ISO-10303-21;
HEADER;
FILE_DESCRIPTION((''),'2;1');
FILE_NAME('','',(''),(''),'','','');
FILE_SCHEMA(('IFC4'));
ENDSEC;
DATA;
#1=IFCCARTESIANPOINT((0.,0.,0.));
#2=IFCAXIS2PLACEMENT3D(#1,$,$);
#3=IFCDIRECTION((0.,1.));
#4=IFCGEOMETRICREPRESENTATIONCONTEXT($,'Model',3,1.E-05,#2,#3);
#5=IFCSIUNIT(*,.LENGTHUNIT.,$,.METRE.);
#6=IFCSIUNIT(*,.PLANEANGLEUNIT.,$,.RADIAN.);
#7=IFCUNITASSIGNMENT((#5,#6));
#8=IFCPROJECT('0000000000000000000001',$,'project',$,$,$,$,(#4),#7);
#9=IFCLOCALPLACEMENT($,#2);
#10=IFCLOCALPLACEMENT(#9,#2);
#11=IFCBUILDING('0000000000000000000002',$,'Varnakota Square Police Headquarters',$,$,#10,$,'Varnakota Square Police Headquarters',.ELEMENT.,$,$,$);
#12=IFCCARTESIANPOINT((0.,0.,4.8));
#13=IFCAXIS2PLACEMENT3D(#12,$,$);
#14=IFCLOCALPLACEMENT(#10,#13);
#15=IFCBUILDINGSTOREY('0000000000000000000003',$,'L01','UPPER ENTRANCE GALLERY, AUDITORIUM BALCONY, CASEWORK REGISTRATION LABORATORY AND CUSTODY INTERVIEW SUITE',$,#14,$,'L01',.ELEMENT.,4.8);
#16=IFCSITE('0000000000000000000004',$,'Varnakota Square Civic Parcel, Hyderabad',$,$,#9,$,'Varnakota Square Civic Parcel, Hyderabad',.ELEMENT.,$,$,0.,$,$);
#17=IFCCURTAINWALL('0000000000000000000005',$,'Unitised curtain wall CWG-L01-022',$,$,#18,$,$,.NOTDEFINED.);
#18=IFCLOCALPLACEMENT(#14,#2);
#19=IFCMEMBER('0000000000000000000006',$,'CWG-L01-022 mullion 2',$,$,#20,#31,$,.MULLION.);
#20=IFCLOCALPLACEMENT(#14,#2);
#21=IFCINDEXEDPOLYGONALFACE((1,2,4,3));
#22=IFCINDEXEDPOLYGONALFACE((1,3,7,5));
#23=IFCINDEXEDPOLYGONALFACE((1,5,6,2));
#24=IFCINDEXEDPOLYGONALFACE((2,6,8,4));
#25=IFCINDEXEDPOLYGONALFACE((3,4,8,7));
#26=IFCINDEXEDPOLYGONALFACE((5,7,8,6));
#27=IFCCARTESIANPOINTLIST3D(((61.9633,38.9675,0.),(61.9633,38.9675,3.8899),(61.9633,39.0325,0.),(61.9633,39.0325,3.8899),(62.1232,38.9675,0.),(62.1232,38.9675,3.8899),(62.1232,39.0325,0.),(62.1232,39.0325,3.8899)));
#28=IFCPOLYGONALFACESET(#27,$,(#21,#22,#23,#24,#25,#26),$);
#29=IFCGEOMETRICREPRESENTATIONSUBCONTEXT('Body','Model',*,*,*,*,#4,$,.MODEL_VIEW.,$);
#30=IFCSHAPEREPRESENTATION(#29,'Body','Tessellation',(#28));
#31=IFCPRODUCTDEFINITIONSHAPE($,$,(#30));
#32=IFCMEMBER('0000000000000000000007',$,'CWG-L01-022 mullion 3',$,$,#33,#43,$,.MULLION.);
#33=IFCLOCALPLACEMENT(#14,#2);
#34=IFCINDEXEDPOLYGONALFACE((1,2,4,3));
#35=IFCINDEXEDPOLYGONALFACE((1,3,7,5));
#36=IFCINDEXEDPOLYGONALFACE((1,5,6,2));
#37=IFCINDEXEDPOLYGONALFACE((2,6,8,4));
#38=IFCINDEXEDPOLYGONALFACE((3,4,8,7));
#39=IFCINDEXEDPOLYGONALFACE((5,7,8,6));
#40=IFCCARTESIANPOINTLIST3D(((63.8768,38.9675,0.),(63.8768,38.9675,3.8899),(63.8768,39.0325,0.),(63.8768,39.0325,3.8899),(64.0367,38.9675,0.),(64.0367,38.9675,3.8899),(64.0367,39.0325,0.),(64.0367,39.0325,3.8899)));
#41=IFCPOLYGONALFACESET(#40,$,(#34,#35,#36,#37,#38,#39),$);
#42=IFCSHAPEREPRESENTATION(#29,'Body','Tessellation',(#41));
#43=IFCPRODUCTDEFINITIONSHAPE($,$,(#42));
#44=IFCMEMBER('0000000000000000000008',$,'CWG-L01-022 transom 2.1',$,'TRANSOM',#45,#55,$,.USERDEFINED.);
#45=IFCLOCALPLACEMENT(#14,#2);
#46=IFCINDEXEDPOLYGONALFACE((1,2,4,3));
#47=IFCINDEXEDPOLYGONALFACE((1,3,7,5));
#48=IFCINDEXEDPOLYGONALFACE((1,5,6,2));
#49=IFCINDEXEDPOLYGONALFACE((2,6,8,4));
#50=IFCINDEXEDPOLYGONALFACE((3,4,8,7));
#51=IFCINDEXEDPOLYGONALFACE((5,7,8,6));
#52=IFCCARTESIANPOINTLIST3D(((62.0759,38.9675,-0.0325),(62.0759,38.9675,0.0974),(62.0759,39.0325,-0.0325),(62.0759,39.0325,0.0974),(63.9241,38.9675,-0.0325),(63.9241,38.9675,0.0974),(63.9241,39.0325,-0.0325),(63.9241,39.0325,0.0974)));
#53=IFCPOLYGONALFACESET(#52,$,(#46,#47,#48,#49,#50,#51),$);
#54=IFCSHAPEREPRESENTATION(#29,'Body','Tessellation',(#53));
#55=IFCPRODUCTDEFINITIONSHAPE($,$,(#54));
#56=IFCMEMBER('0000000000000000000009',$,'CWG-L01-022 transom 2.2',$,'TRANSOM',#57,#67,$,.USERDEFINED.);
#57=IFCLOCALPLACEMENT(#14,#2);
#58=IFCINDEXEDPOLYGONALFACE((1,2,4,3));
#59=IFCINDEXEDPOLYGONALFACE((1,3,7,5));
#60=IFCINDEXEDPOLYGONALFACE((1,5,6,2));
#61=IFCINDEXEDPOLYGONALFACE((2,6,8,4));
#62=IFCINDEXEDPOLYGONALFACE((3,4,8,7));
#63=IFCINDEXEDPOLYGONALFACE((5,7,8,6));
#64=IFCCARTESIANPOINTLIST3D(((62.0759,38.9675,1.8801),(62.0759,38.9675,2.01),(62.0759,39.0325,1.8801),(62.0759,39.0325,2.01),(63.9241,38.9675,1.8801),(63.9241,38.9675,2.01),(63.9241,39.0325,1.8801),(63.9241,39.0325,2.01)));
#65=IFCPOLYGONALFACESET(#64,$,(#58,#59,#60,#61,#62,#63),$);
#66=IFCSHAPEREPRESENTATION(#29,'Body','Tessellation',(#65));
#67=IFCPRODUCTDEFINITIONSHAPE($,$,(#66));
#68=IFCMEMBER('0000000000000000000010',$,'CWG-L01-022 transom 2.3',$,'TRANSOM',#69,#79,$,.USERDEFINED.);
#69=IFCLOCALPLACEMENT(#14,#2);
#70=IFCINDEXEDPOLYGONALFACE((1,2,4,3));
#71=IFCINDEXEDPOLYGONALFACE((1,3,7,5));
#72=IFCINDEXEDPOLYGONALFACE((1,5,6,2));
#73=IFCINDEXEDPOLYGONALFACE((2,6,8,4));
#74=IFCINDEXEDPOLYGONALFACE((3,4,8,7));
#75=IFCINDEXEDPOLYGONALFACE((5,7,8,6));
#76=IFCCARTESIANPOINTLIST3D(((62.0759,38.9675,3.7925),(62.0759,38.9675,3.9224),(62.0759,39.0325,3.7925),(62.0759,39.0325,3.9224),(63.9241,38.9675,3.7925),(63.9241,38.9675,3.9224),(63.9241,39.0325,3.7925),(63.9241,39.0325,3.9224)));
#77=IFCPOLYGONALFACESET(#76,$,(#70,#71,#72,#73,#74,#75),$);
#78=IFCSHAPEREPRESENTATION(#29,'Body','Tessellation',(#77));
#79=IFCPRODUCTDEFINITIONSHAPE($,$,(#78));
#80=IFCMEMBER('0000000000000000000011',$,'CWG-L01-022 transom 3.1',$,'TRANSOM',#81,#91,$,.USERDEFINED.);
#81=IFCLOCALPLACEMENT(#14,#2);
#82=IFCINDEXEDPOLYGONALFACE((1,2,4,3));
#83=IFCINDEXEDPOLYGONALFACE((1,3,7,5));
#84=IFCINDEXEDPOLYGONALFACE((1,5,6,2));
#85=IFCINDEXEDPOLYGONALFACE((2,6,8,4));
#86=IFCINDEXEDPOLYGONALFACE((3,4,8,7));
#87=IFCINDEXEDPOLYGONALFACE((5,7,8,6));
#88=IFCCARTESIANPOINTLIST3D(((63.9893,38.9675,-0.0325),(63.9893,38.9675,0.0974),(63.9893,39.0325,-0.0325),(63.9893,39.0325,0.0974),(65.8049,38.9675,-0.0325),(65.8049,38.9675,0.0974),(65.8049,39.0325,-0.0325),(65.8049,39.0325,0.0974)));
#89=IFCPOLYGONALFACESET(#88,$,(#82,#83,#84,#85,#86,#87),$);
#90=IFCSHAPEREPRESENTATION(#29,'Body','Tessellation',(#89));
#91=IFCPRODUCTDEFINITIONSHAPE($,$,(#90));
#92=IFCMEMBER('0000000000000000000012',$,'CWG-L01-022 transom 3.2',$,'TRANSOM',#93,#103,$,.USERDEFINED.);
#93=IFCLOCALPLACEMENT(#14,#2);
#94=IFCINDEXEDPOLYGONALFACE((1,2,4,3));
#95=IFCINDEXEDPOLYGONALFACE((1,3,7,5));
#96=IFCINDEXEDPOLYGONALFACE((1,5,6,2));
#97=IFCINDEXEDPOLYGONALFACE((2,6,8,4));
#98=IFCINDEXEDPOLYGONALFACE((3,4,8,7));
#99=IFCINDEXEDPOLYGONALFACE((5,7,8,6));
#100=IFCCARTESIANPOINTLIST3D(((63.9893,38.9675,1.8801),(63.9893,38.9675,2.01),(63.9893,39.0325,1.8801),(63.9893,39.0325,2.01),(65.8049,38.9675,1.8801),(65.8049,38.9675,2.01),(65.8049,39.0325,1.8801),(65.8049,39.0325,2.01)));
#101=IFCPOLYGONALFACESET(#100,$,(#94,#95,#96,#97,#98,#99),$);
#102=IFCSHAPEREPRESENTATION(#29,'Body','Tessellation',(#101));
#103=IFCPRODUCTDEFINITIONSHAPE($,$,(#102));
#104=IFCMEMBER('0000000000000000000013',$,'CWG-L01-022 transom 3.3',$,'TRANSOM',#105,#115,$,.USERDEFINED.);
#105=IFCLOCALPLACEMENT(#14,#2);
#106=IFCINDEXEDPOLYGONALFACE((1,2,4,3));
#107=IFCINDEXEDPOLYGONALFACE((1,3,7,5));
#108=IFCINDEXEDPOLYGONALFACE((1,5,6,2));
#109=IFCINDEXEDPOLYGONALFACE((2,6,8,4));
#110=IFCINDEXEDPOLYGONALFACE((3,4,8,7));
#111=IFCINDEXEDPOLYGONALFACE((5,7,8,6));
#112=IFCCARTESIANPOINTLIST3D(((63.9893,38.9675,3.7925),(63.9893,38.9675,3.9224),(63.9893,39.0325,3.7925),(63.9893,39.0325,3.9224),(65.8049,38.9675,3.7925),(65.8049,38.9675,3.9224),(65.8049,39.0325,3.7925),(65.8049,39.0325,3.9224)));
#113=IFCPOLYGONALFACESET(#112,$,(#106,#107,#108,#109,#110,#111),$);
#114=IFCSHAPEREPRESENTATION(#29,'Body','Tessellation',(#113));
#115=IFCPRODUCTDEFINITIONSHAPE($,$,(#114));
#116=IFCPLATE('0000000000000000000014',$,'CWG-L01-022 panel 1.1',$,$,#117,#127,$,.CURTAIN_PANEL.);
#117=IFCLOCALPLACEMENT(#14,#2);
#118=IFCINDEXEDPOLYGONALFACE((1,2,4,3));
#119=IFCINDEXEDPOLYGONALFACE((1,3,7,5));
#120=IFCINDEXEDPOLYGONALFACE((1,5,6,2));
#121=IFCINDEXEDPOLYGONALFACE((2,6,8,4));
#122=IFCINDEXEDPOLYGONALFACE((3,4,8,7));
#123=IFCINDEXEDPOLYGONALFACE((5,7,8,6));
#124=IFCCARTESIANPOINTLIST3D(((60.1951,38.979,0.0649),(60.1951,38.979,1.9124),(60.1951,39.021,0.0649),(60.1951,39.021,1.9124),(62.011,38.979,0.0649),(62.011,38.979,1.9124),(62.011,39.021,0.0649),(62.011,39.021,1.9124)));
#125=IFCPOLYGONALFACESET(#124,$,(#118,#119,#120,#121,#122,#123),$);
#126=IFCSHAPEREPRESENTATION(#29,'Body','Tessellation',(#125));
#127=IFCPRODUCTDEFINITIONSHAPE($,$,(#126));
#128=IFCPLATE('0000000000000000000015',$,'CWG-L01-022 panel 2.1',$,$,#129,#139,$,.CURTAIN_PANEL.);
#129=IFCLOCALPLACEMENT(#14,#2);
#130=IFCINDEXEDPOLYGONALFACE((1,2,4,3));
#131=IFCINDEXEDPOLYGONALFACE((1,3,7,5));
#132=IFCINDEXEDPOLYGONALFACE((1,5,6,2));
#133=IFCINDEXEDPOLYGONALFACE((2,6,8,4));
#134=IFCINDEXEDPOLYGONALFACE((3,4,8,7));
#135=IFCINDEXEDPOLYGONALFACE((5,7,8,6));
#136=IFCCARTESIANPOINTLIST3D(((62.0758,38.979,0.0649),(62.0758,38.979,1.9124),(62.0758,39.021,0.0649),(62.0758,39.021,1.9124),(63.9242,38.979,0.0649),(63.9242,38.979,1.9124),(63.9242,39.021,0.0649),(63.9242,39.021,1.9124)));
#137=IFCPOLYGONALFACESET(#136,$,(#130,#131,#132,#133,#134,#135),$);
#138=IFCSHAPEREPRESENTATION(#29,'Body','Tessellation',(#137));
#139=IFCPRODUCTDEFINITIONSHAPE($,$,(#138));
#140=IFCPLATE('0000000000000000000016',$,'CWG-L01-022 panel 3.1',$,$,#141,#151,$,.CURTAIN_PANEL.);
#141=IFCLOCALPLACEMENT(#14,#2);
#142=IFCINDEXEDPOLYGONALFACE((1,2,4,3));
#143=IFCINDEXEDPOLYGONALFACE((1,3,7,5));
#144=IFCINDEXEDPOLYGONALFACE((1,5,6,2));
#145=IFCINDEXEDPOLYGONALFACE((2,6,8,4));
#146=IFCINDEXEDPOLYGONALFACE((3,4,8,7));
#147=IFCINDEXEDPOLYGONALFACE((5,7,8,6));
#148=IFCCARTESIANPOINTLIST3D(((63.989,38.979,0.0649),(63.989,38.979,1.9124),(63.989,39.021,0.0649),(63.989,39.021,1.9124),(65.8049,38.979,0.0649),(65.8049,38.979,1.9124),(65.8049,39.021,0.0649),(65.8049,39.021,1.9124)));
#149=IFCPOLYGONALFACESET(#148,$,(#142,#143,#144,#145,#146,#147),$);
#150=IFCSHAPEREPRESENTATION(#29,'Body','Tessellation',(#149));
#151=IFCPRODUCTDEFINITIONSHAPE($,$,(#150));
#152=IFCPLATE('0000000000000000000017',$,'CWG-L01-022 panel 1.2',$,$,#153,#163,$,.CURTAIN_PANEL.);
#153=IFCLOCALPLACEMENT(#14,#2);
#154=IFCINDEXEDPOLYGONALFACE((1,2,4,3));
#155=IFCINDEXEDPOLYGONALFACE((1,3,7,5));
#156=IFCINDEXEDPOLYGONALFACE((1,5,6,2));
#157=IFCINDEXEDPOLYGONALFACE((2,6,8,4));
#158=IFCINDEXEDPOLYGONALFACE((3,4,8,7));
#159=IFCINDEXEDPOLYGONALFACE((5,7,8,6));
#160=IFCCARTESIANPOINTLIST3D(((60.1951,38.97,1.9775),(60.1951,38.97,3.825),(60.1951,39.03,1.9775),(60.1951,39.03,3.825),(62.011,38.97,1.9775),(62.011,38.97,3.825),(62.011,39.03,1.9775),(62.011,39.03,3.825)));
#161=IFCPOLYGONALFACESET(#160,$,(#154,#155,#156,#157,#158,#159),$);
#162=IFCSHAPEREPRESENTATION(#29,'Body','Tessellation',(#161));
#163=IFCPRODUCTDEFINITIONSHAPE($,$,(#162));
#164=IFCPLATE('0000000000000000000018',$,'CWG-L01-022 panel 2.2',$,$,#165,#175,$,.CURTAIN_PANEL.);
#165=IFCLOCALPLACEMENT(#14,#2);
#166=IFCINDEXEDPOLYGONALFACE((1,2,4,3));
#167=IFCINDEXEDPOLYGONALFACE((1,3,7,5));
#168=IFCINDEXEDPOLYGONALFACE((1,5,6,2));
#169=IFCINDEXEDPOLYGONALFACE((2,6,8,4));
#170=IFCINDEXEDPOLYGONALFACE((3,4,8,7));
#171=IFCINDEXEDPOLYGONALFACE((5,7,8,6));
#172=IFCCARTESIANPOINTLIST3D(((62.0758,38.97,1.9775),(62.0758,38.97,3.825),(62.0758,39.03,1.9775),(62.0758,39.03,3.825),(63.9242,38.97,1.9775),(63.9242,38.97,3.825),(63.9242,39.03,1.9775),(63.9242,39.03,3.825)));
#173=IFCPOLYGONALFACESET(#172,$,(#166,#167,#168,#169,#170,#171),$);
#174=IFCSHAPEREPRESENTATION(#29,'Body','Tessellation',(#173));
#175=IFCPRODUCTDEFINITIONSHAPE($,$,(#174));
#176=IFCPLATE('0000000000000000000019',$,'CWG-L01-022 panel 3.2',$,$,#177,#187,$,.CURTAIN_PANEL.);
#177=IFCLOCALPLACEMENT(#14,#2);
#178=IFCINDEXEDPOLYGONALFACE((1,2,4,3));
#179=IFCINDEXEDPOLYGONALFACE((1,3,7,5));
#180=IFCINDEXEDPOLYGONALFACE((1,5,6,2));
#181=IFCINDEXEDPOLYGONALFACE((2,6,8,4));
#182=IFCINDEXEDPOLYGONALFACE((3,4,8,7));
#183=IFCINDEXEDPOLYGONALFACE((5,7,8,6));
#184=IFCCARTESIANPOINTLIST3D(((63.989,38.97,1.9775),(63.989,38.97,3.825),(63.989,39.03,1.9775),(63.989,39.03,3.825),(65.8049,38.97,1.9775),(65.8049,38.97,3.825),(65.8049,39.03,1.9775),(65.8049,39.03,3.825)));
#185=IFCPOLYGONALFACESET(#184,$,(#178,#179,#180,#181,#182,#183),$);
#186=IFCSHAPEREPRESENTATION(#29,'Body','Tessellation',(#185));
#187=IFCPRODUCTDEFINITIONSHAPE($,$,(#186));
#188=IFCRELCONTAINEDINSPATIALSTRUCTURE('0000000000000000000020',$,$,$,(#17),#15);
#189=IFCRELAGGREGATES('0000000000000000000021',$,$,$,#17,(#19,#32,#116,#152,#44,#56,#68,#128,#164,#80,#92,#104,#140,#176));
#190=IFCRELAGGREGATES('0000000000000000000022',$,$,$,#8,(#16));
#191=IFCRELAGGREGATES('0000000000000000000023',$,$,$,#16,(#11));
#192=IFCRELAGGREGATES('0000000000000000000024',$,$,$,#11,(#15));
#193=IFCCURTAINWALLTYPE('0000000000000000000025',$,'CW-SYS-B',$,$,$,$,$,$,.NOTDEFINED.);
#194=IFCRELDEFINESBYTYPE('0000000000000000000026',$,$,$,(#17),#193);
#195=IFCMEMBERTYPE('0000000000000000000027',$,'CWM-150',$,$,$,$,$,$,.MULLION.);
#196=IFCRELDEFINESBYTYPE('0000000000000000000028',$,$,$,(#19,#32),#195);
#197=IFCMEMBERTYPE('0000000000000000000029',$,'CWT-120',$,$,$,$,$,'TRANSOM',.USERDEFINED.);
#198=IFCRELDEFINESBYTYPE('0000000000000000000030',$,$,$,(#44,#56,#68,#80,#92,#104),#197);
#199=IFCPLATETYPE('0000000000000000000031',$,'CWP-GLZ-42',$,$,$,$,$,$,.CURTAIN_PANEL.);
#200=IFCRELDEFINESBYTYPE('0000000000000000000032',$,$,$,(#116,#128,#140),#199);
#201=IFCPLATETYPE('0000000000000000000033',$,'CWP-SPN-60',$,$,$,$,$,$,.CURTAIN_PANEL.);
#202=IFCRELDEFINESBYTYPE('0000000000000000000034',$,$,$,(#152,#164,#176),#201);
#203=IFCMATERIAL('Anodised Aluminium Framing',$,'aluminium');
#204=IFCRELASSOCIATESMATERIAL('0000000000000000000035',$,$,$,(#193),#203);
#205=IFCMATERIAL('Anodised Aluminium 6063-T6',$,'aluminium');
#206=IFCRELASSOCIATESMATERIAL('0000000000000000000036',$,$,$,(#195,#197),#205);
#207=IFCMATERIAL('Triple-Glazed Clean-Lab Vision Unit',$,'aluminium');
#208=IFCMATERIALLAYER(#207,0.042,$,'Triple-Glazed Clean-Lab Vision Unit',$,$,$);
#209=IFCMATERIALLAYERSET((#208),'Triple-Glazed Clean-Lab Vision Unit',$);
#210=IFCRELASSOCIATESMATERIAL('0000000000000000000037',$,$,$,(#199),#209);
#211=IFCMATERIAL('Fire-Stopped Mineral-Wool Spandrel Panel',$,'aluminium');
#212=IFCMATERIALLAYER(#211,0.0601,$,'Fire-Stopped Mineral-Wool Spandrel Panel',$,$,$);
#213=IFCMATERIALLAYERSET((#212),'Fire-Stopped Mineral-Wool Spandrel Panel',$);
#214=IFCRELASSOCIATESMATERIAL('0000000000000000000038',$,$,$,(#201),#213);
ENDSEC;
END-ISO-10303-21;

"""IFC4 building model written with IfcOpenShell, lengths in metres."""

from ifc_helpers import new_model, si_unit, direction, frame, origin, origin_2d, place, context, subcontext, project, spatial, rectangle, extrude, material, layer, layer_set, material_profile, profile_set, type_object, element, aggregate, save


model = new_model("IFC4")

# Units and contexts
model_context = context("Model", 3, precision=1e-05, world=origin(), true_north=direction((0.0, 1.0)))
body_context = subcontext(model_context, "Body", "Model", "MODEL_VIEW")
ifc_project = project(units=[si_unit("LENGTHUNIT", "METRE"), si_unit("PLANEANGLEUNIT", "RADIAN")], contexts=[model_context])

# Site, building, storey
site_placement = place(None, origin())
site = spatial("IfcSite", under=ifc_project, at=site_placement, Name="Varnakota Square Civic Parcel, Hyderabad", LongName="Varnakota Square Civic Parcel, Hyderabad", CompositionType="ELEMENT", RefElevation=0.0)
building_placement = place(site_placement, origin())
building = spatial("IfcBuilding", under=site, at=building_placement, Name="Varnakota Square Police Headquarters", LongName="Varnakota Square Police Headquarters", CompositionType="ELEMENT")
storey_placement = place(building_placement, frame((0.0, 0.0, 4.8)))
storey = spatial("IfcBuildingStorey", under=building, at=storey_placement, Name="L01", Description="UPPER ENTRANCE GALLERY, AUDITORIUM BALCONY, CASEWORK REGISTRATION LABORATORY AND CUSTODY INTERVIEW SUITE", LongName="L01", CompositionType="ELEMENT", Elevation=4.8)

# Curtain wall, members, plates
ifc_material_1 = material(Name="Anodised Aluminium Framing", Category="aluminium")
curtain_wall_type = type_object("IfcCurtainWallType", Name="CW-SYS-B", PredefinedType="NOTDEFINED", material=ifc_material_1)
curtain_wall_placement = place(storey_placement, origin())
curtain_wall = element("IfcCurtainWall", 1, at=curtain_wall_placement, inside=storey, type_object=curtain_wall_type, Name="Unitised curtain wall CWG-L01-022", PredefinedType="NOTDEFINED")
ifc_material_2 = material(Name="Anodised Aluminium 6063-T6", Category="aluminium")
ifc_material_profile_1 = material_profile(ifc_material_2, rectangle(XDim=0.0649, YDim=0.1599, at=origin_2d()), Name="ALU MULLION 65x160")
ifc_profile_set_1 = profile_set([ifc_material_profile_1], Name="Anodised Aluminium 6063-T6")
member_type_1 = type_object("IfcMemberType", Name="CWM-150", PredefinedType="MULLION", material=ifc_profile_set_1)
member_1_placement = place(storey_placement, frame((62.0432, 39.0, 0.0), z_axis=(0.0, 0.0, 1.0), x_axis=(0.0, 1.0, 0.0)))
member_1 = element("IfcMember", 2, at=member_1_placement, type_object=member_type_1, Name="CWG-L01-022 mullion 2", PredefinedType="MULLION", context=body_context, shape_type="SweptSolid", body=[
    extrude(rectangle(XDim=0.0649, YDim=0.1599, at=origin_2d()), origin(), (0.0, 0.0, 1.0), 3.8899),
])
member_2_placement = place(storey_placement, frame((63.9568, 39.0, 0.0), z_axis=(0.0, 0.0, 1.0), x_axis=(0.0, 1.0, 0.0)))
member_2 = element("IfcMember", 3, at=member_2_placement, type_object=member_type_1, Name="CWG-L01-022 mullion 3", PredefinedType="MULLION", context=body_context, shape_type="SweptSolid", body=[
    extrude(rectangle(XDim=0.0649, YDim=0.1599, at=origin_2d()), origin(), (0.0, 0.0, 1.0), 3.8899),
])
ifc_material_profile_2 = material_profile(ifc_material_2, rectangle(XDim=0.0649, YDim=0.1299, at=origin_2d()), Name="ALU TRANSOM 65x130")
ifc_profile_set_2 = profile_set([ifc_material_profile_2], Name="Anodised Aluminium 6063-T6")
member_type_2 = type_object("IfcMemberType", Name="CWT-120", ElementType="TRANSOM", PredefinedType="USERDEFINED", material=ifc_profile_set_2)
member_3_placement = place(storey_placement, frame((62.0759, 39.0, 0.0325), z_axis=(1.0, 0.0, 0.0), x_axis=(0.0, 1.0, 0.0)))
member_3 = element("IfcMember", 4, at=member_3_placement, type_object=member_type_2, Name="CWG-L01-022 transom 2.1", ObjectType="TRANSOM", PredefinedType="USERDEFINED", context=body_context, shape_type="SweptSolid", body=[
    extrude(rectangle(XDim=0.0649, YDim=0.1299, at=origin_2d()), origin(), (0.0, 0.0, 1.0), 1.8481),
])
member_4_placement = place(storey_placement, frame((62.0759, 39.0, 1.9451), z_axis=(1.0, 0.0, 0.0), x_axis=(0.0, 1.0, 0.0)))
member_4 = element("IfcMember", 5, at=member_4_placement, type_object=member_type_2, Name="CWG-L01-022 transom 2.2", ObjectType="TRANSOM", PredefinedType="USERDEFINED", context=body_context, shape_type="SweptSolid", body=[
    extrude(rectangle(XDim=0.0649, YDim=0.1299, at=origin_2d()), origin(), (0.0, 0.0, 1.0), 1.8481),
])
member_5_placement = place(storey_placement, frame((62.0759, 39.0, 3.8574), z_axis=(1.0, 0.0, 0.0), x_axis=(0.0, 1.0, 0.0)))
member_5 = element("IfcMember", 6, at=member_5_placement, type_object=member_type_2, Name="CWG-L01-022 transom 2.3", ObjectType="TRANSOM", PredefinedType="USERDEFINED", context=body_context, shape_type="SweptSolid", body=[
    extrude(rectangle(XDim=0.0649, YDim=0.1299, at=origin_2d()), origin(), (0.0, 0.0, 1.0), 1.8481),
])
member_6_placement = place(storey_placement, frame((63.9893, 39.0, 0.0325), z_axis=(1.0, 0.0, 0.0), x_axis=(0.0, 1.0, 0.0)))
member_6 = element("IfcMember", 7, at=member_6_placement, type_object=member_type_2, Name="CWG-L01-022 transom 3.1", ObjectType="TRANSOM", PredefinedType="USERDEFINED", context=body_context, shape_type="SweptSolid", body=[
    extrude(rectangle(XDim=0.0649, YDim=0.1299, at=origin_2d()), origin(), (0.0, 0.0, 1.0), 1.8157),
])
member_7_placement = place(storey_placement, frame((63.9893, 39.0, 1.9451), z_axis=(1.0, 0.0, 0.0), x_axis=(0.0, 1.0, 0.0)))
member_7 = element("IfcMember", 8, at=member_7_placement, type_object=member_type_2, Name="CWG-L01-022 transom 3.2", ObjectType="TRANSOM", PredefinedType="USERDEFINED", context=body_context, shape_type="SweptSolid", body=[
    extrude(rectangle(XDim=0.0649, YDim=0.1299, at=origin_2d()), origin(), (0.0, 0.0, 1.0), 1.8157),
])
member_8_placement = place(storey_placement, frame((63.9893, 39.0, 3.8574), z_axis=(1.0, 0.0, 0.0), x_axis=(0.0, 1.0, 0.0)))
member_8 = element("IfcMember", 9, at=member_8_placement, type_object=member_type_2, Name="CWG-L01-022 transom 3.3", ObjectType="TRANSOM", PredefinedType="USERDEFINED", context=body_context, shape_type="SweptSolid", body=[
    extrude(rectangle(XDim=0.0649, YDim=0.1299, at=origin_2d()), origin(), (0.0, 0.0, 1.0), 1.8157),
])
ifc_material_3 = material(Name="Triple-Glazed Clean-Lab Vision Unit", Category="aluminium")
ifc_layer_1 = layer(ifc_material_3, 0.042, Name="Triple-Glazed Clean-Lab Vision Unit")
ifc_layer_set_1 = layer_set([ifc_layer_1], Name="Triple-Glazed Clean-Lab Vision Unit")
plate_type_1 = type_object("IfcPlateType", Name="CWP-GLZ-42", PredefinedType="CURTAIN_PANEL", material=ifc_layer_set_1)
plate_1_placement = place(storey_placement, frame((61.103, 39.0, 0.0649), z_axis=(0.0, 0.0, 1.0), x_axis=(1.0, 0.0, 0.0)))
plate_1 = element("IfcPlate", 10, at=plate_1_placement, type_object=plate_type_1, Name="CWG-L01-022 panel 1.1", PredefinedType="CURTAIN_PANEL", context=body_context, shape_type="SweptSolid", body=[
    extrude(rectangle(XDim=1.8159, YDim=0.042, at=origin_2d()), origin(), (0.0, 0.0, 1.0), 1.8474),
])
plate_2_placement = place(storey_placement, frame((63.0, 39.0, 0.0649), z_axis=(0.0, 0.0, 1.0), x_axis=(1.0, 0.0, 0.0)))
plate_2 = element("IfcPlate", 11, at=plate_2_placement, type_object=plate_type_1, Name="CWG-L01-022 panel 2.1", PredefinedType="CURTAIN_PANEL", context=body_context, shape_type="SweptSolid", body=[
    extrude(rectangle(XDim=1.8484, YDim=0.042, at=origin_2d()), origin(), (0.0, 0.0, 1.0), 1.8474),
])
plate_3_placement = place(storey_placement, frame((64.897, 39.0, 0.0649), z_axis=(0.0, 0.0, 1.0), x_axis=(1.0, 0.0, 0.0)))
plate_3 = element("IfcPlate", 12, at=plate_3_placement, type_object=plate_type_1, Name="CWG-L01-022 panel 3.1", PredefinedType="CURTAIN_PANEL", context=body_context, shape_type="SweptSolid", body=[
    extrude(rectangle(XDim=1.8159, YDim=0.042, at=origin_2d()), origin(), (0.0, 0.0, 1.0), 1.8474),
])
ifc_material_4 = material(Name="Fire-Stopped Mineral-Wool Spandrel Panel", Category="aluminium")
ifc_layer_2 = layer(ifc_material_4, 0.0601, Name="Fire-Stopped Mineral-Wool Spandrel Panel")
ifc_layer_set_2 = layer_set([ifc_layer_2], Name="Fire-Stopped Mineral-Wool Spandrel Panel")
plate_type_2 = type_object("IfcPlateType", Name="CWP-SPN-60", PredefinedType="CURTAIN_PANEL", material=ifc_layer_set_2)
plate_4_placement = place(storey_placement, frame((61.103, 39.0, 1.9775), z_axis=(0.0, 0.0, 1.0), x_axis=(1.0, 0.0, 0.0)))
plate_4 = element("IfcPlate", 13, at=plate_4_placement, type_object=plate_type_2, Name="CWG-L01-022 panel 1.2", PredefinedType="CURTAIN_PANEL", context=body_context, shape_type="SweptSolid", body=[
    extrude(rectangle(XDim=1.8159, YDim=0.0601, at=origin_2d()), origin(), (0.0, 0.0, 1.0), 1.8474),
])
plate_5_placement = place(storey_placement, frame((63.0, 39.0, 1.9775), z_axis=(0.0, 0.0, 1.0), x_axis=(1.0, 0.0, 0.0)))
plate_5 = element("IfcPlate", 14, at=plate_5_placement, type_object=plate_type_2, Name="CWG-L01-022 panel 2.2", PredefinedType="CURTAIN_PANEL", context=body_context, shape_type="SweptSolid", body=[
    extrude(rectangle(XDim=1.8484, YDim=0.0601, at=origin_2d()), origin(), (0.0, 0.0, 1.0), 1.8474),
])
plate_6_placement = place(storey_placement, frame((64.897, 39.0, 1.9775), z_axis=(0.0, 0.0, 1.0), x_axis=(1.0, 0.0, 0.0)))
plate_6 = element("IfcPlate", 15, at=plate_6_placement, type_object=plate_type_2, Name="CWG-L01-022 panel 3.2", PredefinedType="CURTAIN_PANEL", context=body_context, shape_type="SweptSolid", body=[
    extrude(rectangle(XDim=1.8159, YDim=0.0601, at=origin_2d()), origin(), (0.0, 0.0, 1.0), 1.8474),
])
aggregate(curtain_wall, [member_1, member_2, plate_1, plate_4, member_3, member_4, member_5, plate_2, plate_5, member_6, member_7, member_8, plate_3, plate_6])

save(model, "model.ifc")
